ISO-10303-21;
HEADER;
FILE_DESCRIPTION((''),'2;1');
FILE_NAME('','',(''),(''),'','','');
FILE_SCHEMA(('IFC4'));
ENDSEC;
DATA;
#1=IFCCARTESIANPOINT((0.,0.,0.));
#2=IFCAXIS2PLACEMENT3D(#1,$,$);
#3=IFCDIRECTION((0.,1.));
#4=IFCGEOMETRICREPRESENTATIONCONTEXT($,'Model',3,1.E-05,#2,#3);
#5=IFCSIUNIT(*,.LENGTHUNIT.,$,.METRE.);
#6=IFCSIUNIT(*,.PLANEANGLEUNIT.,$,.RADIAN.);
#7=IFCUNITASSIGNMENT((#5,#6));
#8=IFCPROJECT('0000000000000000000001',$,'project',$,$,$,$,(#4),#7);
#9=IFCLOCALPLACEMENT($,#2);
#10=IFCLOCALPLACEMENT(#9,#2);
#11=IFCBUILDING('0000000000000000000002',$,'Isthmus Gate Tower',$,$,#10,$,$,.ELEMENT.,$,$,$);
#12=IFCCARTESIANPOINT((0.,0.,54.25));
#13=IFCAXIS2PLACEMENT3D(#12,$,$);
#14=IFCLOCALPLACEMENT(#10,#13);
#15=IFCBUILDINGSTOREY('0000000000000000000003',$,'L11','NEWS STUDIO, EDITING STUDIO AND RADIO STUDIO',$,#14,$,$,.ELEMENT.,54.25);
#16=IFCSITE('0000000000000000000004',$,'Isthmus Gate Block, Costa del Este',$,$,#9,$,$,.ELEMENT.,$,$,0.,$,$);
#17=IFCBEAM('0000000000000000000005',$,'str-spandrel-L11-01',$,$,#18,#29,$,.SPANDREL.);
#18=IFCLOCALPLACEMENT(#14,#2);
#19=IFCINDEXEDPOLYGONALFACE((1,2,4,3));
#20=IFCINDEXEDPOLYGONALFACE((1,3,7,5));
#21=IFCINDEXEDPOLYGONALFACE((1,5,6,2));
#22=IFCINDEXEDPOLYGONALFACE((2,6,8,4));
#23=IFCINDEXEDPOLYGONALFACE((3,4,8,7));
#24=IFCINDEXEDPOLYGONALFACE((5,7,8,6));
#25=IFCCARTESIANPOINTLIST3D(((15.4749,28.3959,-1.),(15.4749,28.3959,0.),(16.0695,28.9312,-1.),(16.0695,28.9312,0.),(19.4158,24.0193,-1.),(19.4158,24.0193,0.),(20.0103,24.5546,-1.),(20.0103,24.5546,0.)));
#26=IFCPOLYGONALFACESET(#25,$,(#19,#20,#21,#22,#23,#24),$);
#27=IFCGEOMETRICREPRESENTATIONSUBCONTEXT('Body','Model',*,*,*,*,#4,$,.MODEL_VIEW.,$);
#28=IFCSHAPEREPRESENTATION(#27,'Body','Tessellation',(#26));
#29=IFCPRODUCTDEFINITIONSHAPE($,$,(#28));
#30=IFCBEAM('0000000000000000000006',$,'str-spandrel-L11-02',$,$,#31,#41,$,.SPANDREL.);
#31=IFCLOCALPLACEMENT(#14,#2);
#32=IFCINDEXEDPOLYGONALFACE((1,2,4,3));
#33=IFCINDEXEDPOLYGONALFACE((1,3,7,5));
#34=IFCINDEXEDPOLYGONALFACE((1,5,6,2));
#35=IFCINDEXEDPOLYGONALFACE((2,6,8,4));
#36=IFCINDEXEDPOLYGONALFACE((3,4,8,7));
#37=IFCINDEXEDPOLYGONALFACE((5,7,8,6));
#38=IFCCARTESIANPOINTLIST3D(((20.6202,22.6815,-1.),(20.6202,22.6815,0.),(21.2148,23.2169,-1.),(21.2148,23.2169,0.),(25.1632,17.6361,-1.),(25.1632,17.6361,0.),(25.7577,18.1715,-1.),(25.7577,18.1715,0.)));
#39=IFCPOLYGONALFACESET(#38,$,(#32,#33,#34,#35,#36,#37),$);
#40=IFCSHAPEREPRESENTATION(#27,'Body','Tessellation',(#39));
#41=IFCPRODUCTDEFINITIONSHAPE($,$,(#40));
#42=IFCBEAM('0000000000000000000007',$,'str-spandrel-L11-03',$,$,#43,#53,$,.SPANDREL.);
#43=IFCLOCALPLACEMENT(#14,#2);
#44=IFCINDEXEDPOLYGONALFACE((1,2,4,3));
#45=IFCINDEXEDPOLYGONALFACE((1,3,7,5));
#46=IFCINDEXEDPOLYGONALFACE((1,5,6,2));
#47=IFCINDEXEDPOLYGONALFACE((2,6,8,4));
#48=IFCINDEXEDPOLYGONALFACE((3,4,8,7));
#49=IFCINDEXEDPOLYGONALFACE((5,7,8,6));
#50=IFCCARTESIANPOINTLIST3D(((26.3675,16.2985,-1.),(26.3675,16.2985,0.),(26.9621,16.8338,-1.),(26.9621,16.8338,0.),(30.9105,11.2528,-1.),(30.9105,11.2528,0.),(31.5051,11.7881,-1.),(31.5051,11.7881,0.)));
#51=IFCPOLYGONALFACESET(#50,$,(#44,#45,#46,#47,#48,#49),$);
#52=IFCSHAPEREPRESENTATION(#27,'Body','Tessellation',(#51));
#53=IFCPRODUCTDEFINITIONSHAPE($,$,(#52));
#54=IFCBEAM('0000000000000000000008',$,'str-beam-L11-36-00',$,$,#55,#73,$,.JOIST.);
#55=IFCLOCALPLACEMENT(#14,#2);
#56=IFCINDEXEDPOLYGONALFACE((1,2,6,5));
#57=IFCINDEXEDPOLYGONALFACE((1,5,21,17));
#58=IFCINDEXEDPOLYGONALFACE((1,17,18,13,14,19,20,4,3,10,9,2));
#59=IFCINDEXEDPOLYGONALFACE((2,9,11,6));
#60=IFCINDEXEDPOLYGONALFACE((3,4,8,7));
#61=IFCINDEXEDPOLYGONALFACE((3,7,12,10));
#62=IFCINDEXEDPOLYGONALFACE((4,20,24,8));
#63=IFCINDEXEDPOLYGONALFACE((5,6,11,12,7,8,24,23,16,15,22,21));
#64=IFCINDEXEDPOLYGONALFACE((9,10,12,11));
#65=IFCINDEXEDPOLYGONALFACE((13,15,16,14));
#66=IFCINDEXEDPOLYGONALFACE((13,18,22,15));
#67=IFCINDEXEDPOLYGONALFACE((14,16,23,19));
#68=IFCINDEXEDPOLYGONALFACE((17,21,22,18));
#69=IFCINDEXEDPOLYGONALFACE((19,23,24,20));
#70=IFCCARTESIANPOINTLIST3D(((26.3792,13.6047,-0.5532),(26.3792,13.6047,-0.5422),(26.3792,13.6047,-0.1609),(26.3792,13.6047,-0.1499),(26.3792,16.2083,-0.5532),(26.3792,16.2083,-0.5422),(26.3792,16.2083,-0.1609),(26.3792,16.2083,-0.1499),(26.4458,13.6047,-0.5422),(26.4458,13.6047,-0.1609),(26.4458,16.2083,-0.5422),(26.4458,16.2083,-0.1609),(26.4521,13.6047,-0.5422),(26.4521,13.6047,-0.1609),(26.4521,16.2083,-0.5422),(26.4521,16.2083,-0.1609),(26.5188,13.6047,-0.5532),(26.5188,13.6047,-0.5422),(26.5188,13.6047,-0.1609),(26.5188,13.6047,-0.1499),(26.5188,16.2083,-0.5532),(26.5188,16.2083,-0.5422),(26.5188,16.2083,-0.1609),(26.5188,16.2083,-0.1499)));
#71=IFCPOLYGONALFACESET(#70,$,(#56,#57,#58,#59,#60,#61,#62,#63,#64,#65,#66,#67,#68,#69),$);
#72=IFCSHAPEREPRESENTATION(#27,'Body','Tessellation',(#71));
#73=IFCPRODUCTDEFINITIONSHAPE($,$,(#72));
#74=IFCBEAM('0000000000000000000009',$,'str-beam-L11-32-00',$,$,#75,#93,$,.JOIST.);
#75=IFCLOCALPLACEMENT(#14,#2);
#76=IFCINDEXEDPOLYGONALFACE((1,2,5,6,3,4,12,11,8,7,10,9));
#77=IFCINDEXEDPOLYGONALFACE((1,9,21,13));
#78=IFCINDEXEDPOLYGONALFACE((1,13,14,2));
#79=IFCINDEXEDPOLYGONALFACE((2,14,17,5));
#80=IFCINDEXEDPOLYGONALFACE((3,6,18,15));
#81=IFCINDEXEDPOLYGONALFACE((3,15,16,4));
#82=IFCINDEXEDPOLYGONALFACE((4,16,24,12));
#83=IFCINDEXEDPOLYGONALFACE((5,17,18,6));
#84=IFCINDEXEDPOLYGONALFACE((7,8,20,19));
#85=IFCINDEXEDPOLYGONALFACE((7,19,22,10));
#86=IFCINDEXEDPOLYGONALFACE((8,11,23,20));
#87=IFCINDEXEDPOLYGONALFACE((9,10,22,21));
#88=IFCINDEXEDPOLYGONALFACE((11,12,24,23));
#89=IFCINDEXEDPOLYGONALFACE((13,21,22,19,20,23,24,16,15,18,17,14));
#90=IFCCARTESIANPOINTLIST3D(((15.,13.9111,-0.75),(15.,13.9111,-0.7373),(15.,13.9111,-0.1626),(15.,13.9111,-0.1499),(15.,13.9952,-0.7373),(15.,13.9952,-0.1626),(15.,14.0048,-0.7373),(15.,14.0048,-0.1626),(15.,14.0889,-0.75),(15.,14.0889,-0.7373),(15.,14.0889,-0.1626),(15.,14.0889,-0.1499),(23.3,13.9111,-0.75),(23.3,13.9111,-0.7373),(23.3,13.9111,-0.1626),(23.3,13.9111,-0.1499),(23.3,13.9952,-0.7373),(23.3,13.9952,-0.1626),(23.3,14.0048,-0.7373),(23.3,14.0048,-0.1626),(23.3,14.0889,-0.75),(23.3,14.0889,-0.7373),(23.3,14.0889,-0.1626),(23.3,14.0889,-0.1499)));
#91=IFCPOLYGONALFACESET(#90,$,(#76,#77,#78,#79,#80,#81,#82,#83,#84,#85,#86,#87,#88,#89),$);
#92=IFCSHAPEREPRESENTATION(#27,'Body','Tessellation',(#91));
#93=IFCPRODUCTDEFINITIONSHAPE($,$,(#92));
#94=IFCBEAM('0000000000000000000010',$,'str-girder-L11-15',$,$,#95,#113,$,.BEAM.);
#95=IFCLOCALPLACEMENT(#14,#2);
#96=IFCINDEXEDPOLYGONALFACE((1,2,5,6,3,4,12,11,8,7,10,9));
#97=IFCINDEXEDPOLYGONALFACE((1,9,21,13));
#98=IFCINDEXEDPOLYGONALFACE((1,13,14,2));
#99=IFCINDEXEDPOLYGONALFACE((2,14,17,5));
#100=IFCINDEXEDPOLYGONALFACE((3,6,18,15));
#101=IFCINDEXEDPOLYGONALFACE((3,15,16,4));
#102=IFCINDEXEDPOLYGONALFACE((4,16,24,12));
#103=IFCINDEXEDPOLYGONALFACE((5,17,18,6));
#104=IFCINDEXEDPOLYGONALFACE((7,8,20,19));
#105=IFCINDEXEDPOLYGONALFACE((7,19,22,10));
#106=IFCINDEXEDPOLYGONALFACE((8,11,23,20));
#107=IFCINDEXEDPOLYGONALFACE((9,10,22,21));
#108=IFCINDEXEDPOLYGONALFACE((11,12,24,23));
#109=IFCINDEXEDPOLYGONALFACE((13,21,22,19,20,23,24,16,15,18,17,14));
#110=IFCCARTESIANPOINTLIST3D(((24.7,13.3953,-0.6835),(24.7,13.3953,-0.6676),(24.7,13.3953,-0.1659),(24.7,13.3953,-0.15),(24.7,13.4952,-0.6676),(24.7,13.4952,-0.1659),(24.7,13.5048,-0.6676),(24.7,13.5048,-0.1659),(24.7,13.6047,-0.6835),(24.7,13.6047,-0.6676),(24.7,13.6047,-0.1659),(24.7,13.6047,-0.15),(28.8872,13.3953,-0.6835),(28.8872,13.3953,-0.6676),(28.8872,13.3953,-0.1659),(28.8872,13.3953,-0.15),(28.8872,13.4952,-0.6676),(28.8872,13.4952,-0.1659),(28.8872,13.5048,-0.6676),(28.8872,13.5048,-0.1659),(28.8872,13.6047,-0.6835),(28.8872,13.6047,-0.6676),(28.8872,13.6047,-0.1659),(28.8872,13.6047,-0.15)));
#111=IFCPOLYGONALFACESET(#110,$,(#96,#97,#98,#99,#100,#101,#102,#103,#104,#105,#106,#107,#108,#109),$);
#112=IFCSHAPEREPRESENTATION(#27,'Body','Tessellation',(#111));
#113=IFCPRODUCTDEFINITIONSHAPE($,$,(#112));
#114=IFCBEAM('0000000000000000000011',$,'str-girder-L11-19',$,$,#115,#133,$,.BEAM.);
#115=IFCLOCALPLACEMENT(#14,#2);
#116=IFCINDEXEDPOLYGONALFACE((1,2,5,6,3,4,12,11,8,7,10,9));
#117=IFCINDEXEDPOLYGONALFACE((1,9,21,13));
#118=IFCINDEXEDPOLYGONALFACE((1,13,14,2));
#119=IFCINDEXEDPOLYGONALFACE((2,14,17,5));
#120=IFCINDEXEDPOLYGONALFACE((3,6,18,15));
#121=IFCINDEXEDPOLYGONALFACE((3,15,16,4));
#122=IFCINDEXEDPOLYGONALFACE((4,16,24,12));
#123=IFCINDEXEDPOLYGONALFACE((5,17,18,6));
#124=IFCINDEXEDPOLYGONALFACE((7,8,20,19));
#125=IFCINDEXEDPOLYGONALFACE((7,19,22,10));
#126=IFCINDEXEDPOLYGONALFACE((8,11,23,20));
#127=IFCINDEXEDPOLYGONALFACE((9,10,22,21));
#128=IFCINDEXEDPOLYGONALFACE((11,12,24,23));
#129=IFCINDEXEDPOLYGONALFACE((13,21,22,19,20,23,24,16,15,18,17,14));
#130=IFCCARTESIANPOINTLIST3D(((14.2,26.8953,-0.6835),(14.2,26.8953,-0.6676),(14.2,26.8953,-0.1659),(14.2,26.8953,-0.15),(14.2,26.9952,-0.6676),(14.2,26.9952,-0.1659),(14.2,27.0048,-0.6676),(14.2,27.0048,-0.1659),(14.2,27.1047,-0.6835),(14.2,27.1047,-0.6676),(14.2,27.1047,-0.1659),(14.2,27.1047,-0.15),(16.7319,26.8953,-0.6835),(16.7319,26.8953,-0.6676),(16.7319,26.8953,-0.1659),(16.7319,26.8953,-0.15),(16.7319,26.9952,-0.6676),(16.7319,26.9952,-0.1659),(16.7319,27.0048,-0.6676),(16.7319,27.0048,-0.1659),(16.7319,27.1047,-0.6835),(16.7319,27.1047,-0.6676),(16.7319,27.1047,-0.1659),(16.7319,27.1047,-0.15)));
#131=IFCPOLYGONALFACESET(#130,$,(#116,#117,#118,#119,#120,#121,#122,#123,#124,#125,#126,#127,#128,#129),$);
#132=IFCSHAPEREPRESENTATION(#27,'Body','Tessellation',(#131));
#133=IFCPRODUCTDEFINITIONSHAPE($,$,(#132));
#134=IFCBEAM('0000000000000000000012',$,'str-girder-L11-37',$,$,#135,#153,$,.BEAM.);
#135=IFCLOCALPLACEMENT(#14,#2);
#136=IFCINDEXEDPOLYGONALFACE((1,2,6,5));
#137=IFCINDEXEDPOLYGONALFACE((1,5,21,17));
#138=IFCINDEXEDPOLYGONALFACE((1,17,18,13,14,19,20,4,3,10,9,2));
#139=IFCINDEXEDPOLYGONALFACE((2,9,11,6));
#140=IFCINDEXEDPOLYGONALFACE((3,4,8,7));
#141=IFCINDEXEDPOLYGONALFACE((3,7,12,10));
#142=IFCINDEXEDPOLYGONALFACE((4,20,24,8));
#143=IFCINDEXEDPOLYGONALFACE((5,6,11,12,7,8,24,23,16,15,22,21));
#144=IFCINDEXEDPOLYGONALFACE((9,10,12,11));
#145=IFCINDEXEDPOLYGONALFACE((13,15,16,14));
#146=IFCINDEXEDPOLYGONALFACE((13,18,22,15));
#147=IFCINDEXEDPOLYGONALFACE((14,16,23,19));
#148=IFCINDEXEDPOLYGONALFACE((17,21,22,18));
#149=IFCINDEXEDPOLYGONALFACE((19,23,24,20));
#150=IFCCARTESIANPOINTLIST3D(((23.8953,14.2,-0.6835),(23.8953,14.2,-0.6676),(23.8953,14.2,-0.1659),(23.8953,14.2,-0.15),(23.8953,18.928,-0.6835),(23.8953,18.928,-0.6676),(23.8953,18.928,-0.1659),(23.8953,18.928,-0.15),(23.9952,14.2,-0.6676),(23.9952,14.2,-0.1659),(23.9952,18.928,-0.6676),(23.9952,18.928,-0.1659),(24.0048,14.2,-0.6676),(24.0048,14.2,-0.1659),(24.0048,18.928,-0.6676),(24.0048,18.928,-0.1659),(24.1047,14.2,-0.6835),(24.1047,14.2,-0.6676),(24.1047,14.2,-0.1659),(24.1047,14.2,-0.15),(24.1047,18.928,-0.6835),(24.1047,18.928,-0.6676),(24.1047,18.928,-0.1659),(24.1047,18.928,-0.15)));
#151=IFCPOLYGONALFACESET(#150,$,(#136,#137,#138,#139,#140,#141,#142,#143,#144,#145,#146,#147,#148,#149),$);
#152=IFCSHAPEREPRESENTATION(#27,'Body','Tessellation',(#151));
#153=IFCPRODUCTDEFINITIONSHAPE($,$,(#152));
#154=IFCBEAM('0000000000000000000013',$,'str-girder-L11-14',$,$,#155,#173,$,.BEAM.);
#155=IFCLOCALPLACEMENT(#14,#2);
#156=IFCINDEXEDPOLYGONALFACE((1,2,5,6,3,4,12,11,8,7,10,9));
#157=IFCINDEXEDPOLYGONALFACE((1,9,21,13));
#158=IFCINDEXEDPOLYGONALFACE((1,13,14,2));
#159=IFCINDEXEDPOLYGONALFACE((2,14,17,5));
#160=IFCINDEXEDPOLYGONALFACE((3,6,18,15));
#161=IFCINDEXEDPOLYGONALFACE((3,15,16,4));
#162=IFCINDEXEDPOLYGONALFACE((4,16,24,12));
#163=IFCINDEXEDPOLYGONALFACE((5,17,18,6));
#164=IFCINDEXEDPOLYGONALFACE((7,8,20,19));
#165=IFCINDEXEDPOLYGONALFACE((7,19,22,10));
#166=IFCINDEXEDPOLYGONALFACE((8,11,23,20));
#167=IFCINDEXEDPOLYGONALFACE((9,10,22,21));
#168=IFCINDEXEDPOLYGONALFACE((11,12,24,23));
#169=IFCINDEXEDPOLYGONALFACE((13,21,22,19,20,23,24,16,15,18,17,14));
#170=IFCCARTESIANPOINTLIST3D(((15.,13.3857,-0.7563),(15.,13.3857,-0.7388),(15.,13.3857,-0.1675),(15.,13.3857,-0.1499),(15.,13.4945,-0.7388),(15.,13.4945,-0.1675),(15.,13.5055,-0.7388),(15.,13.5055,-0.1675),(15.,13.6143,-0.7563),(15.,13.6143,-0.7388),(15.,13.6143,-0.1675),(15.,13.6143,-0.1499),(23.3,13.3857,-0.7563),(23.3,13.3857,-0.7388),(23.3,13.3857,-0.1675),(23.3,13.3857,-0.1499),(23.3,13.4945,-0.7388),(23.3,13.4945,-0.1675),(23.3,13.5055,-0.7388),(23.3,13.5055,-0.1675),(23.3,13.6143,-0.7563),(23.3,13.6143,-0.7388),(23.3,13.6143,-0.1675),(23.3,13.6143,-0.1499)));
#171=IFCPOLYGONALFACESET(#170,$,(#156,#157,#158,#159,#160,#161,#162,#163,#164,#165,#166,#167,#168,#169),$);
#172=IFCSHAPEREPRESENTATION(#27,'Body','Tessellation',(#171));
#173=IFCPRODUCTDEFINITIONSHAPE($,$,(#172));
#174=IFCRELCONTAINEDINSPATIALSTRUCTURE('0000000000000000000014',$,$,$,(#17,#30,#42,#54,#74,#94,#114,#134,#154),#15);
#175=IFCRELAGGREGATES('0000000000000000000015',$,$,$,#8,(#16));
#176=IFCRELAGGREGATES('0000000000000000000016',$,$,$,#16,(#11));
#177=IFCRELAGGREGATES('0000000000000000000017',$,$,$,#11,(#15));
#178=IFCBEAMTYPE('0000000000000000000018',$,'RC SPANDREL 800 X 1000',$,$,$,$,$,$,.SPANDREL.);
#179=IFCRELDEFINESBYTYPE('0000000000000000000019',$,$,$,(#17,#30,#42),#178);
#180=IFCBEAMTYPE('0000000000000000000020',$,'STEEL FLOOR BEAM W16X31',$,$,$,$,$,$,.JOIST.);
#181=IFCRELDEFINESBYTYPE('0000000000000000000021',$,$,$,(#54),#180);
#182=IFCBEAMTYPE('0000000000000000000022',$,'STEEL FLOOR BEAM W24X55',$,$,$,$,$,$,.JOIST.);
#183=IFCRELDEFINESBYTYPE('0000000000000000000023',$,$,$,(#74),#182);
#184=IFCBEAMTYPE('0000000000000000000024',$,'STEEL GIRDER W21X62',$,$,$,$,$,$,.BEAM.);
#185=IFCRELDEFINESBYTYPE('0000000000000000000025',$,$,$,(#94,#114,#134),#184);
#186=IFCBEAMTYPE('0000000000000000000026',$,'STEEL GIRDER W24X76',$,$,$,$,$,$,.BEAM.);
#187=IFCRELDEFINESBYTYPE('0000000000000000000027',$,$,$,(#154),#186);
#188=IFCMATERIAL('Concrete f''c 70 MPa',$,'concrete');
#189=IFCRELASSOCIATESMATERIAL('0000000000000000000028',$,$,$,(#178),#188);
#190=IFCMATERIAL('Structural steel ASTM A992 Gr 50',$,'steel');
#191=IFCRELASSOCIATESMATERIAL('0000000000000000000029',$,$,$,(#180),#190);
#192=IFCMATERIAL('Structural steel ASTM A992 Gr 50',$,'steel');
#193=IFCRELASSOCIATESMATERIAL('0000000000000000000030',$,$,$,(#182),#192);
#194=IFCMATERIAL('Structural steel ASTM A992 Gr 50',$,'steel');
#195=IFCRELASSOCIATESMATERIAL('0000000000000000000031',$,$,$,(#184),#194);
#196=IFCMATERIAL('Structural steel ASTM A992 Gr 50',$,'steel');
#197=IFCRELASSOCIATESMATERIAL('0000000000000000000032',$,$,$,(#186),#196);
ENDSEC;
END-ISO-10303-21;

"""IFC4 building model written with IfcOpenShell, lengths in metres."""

from ifc_helpers import new_model, si_unit, direction, frame, origin, origin_2d, place, context, subcontext, project, spatial, rectangle, i_section, extrude, material, material_profile, profile_set, type_object, element, save


model = new_model("IFC4")

# Units and contexts
model_context = context("Model", 3, precision=1e-05, world=origin(), true_north=direction((0.0, 1.0)))
body_context = subcontext(model_context, "Body", "Model", "MODEL_VIEW")
ifc_project = project(units=[si_unit("LENGTHUNIT", "METRE"), si_unit("PLANEANGLEUNIT", "RADIAN")], contexts=[model_context])

# Site, building, storey
site_placement = place(None, origin())
site = spatial("IfcSite", under=ifc_project, at=site_placement, Name="Isthmus Gate Block, Costa del Este", CompositionType="ELEMENT", RefElevation=0.0)
building_placement = place(site_placement, origin())
building = spatial("IfcBuilding", under=site, at=building_placement, Name="Isthmus Gate Tower", CompositionType="ELEMENT")
storey_placement = place(building_placement, frame((0.0, 0.0, 54.25)))
storey = spatial("IfcBuildingStorey", under=building, at=storey_placement, Name="L11", Description="NEWS STUDIO, EDITING STUDIO AND RADIO STUDIO", CompositionType="ELEMENT", Elevation=54.25)

# Beams
ifc_material_1 = material(Name="Concrete f'c 70 MPa", Category="concrete")
ifc_material_profile_1 = material_profile(ifc_material_1, rectangle(XDim=0.8, YDim=1.0, at=origin_2d()), Name="RC 800X1000")
ifc_profile_set_1 = profile_set([ifc_material_profile_1], Name="Concrete f'c 70 MPa")
beam_type_1 = type_object("IfcBeamType", Name="RC SPANDREL 800 X 1000", PredefinedType="SPANDREL", material=ifc_profile_set_1)
beam_1_placement = place(storey_placement, frame((15.7722, 28.6636, -0.5), z_axis=(0.669141, -0.743135, 0.0), x_axis=(0.743135, 0.669141, 0.0)))
element("IfcBeam", 1, at=beam_1_placement, inside=storey, type_object=beam_type_1, Name="str-spandrel-L11-01", PredefinedType="SPANDREL", context=body_context, shape_type="SweptSolid", body=[
    extrude(rectangle(XDim=0.8, YDim=1.0, at=origin_2d()), origin(), (0.0, 0.0, 1.0), 5.8894),
])
beam_2_placement = place(storey_placement, frame((20.9175, 22.9492, -0.5), z_axis=(0.669136, -0.74314, 0.0), x_axis=(0.74314, 0.669136, 0.0)))
element("IfcBeam", 2, at=beam_2_placement, inside=storey, type_object=beam_type_1, Name="str-spandrel-L11-02", PredefinedType="SPANDREL", context=body_context, shape_type="SweptSolid", body=[
    extrude(rectangle(XDim=0.8, YDim=1.0, at=origin_2d()), origin(), (0.0, 0.0, 1.0), 6.7893),
])
beam_3_placement = place(storey_placement, frame((26.6648, 16.5662, -0.5), z_axis=(0.669118, -0.743156, 0.0), x_axis=(0.743156, 0.669118, 0.0)))
element("IfcBeam", 3, at=beam_3_placement, inside=storey, type_object=beam_type_1, Name="str-spandrel-L11-03", PredefinedType="SPANDREL", context=body_context, shape_type="SweptSolid", body=[
    extrude(rectangle(XDim=0.8, YDim=1.0, at=origin_2d()), origin(), (0.0, 0.0, 1.0), 6.7896),
])
ifc_material_2 = material(Name="Structural steel ASTM A992 Gr 50", Category="steel")
ifc_material_profile_2 = material_profile(ifc_material_2, i_section(OverallWidth=0.1396, OverallDepth=0.4033, WebThickness=0.0063, FlangeThickness=0.011, at=origin_2d()), Name="W16X31")
ifc_profile_set_2 = profile_set([ifc_material_profile_2], Name="Structural steel ASTM A992 Gr 50")
beam_type_2 = type_object("IfcBeamType", Name="STEEL FLOOR BEAM W16X31", PredefinedType="JOIST", material=ifc_profile_set_2)
beam_4_placement = place(storey_placement, frame((26.449, 13.6047, -0.3516), z_axis=(0.0, 1.0, 0.0), x_axis=(-1.0, 0.0, 0.0)))
element("IfcBeam", 4, at=beam_4_placement, inside=storey, type_object=beam_type_2, Name="str-beam-L11-36-00", PredefinedType="JOIST", context=body_context, shape_type="SweptSolid", body=[
    extrude(i_section(OverallWidth=0.1396, OverallDepth=0.4033, WebThickness=0.0063, FlangeThickness=0.011, at=origin_2d()), origin(), (0.0, 0.0, 1.0), 2.6035),
])
ifc_material_3 = material(Name="Structural steel ASTM A992 Gr 50", Category="steel")
ifc_material_profile_3 = material_profile(ifc_material_3, i_section(OverallWidth=0.1777, OverallDepth=0.6001, WebThickness=0.0095, FlangeThickness=0.0127, at=origin_2d()), Name="W24X55")
ifc_profile_set_3 = profile_set([ifc_material_profile_3], Name="Structural steel ASTM A992 Gr 50")
beam_type_3 = type_object("IfcBeamType", Name="STEEL FLOOR BEAM W24X55", PredefinedType="JOIST", material=ifc_profile_set_3)
beam_5_placement = place(storey_placement, frame((15.0, 14.0, -0.45), z_axis=(1.0, 0.0, 0.0), x_axis=(0.0, 1.0, 0.0)))
element("IfcBeam", 5, at=beam_5_placement, inside=storey, type_object=beam_type_3, Name="str-beam-L11-32-00", PredefinedType="JOIST", context=body_context, shape_type="SweptSolid", body=[
    extrude(i_section(OverallWidth=0.1777, OverallDepth=0.6001, WebThickness=0.0095, FlangeThickness=0.0127, at=origin_2d()), origin(), (0.0, 0.0, 1.0), 8.3),
])
ifc_material_4 = material(Name="Structural steel ASTM A992 Gr 50", Category="steel")
ifc_material_profile_4 = material_profile(ifc_material_4, i_section(OverallWidth=0.2095, OverallDepth=0.5334, WebThickness=0.0095, FlangeThickness=0.0159, at=origin_2d()), Name="W21X62")
ifc_profile_set_4 = profile_set([ifc_material_profile_4], Name="Structural steel ASTM A992 Gr 50")
beam_type_4 = type_object("IfcBeamType", Name="STEEL GIRDER W21X62", PredefinedType="BEAM", material=ifc_profile_set_4)
beam_6_placement = place(storey_placement, frame((24.7, 13.5, -0.4167), z_axis=(1.0, 0.0, 0.0), x_axis=(0.0, 1.0, 0.0)))
element("IfcBeam", 6, at=beam_6_placement, inside=storey, type_object=beam_type_4, Name="str-girder-L11-15", PredefinedType="BEAM", context=body_context, shape_type="SweptSolid", body=[
    extrude(i_section(OverallWidth=0.2095, OverallDepth=0.5334, WebThickness=0.0095, FlangeThickness=0.0159, at=origin_2d()), origin(), (0.0, 0.0, 1.0), 4.1873),
])
beam_7_placement = place(storey_placement, frame((14.2, 27.0, -0.4167), z_axis=(1.0, 0.0, 0.0), x_axis=(0.0, 1.0, 0.0)))
element("IfcBeam", 7, at=beam_7_placement, inside=storey, type_object=beam_type_4, Name="str-girder-L11-19", PredefinedType="BEAM", context=body_context, shape_type="SweptSolid", body=[
    extrude(i_section(OverallWidth=0.2095, OverallDepth=0.5334, WebThickness=0.0095, FlangeThickness=0.0159, at=origin_2d()), origin(), (0.0, 0.0, 1.0), 2.532),
])
beam_8_placement = place(storey_placement, frame((24.0, 14.2, -0.4167), z_axis=(0.0, 1.0, 0.0), x_axis=(-1.0, 0.0, 0.0)))
element("IfcBeam", 8, at=beam_8_placement, inside=storey, type_object=beam_type_4, Name="str-girder-L11-37", PredefinedType="BEAM", context=body_context, shape_type="SweptSolid", body=[
    extrude(i_section(OverallWidth=0.2095, OverallDepth=0.5334, WebThickness=0.0095, FlangeThickness=0.0159, at=origin_2d()), origin(), (0.0, 0.0, 1.0), 4.728),
])
ifc_material_5 = material(Name="Structural steel ASTM A992 Gr 50", Category="steel")
ifc_material_profile_5 = material_profile(ifc_material_5, i_section(OverallWidth=0.2285, OverallDepth=0.6064, WebThickness=0.011, FlangeThickness=0.0176, at=origin_2d()), Name="W24X76")
ifc_profile_set_5 = profile_set([ifc_material_profile_5], Name="Structural steel ASTM A992 Gr 50")
beam_type_5 = type_object("IfcBeamType", Name="STEEL GIRDER W24X76", PredefinedType="BEAM", material=ifc_profile_set_5)
beam_9_placement = place(storey_placement, frame((15.0, 13.5, -0.4531), z_axis=(1.0, 0.0, 0.0), x_axis=(0.0, 1.0, 0.0)))
element("IfcBeam", 9, at=beam_9_placement, inside=storey, type_object=beam_type_5, Name="str-girder-L11-14", PredefinedType="BEAM", context=body_context, shape_type="SweptSolid", body=[
    extrude(i_section(OverallWidth=0.2285, OverallDepth=0.6064, WebThickness=0.011, FlangeThickness=0.0176, at=origin_2d()), origin(), (0.0, 0.0, 1.0), 8.3),
])

save(model, "model.ifc")
